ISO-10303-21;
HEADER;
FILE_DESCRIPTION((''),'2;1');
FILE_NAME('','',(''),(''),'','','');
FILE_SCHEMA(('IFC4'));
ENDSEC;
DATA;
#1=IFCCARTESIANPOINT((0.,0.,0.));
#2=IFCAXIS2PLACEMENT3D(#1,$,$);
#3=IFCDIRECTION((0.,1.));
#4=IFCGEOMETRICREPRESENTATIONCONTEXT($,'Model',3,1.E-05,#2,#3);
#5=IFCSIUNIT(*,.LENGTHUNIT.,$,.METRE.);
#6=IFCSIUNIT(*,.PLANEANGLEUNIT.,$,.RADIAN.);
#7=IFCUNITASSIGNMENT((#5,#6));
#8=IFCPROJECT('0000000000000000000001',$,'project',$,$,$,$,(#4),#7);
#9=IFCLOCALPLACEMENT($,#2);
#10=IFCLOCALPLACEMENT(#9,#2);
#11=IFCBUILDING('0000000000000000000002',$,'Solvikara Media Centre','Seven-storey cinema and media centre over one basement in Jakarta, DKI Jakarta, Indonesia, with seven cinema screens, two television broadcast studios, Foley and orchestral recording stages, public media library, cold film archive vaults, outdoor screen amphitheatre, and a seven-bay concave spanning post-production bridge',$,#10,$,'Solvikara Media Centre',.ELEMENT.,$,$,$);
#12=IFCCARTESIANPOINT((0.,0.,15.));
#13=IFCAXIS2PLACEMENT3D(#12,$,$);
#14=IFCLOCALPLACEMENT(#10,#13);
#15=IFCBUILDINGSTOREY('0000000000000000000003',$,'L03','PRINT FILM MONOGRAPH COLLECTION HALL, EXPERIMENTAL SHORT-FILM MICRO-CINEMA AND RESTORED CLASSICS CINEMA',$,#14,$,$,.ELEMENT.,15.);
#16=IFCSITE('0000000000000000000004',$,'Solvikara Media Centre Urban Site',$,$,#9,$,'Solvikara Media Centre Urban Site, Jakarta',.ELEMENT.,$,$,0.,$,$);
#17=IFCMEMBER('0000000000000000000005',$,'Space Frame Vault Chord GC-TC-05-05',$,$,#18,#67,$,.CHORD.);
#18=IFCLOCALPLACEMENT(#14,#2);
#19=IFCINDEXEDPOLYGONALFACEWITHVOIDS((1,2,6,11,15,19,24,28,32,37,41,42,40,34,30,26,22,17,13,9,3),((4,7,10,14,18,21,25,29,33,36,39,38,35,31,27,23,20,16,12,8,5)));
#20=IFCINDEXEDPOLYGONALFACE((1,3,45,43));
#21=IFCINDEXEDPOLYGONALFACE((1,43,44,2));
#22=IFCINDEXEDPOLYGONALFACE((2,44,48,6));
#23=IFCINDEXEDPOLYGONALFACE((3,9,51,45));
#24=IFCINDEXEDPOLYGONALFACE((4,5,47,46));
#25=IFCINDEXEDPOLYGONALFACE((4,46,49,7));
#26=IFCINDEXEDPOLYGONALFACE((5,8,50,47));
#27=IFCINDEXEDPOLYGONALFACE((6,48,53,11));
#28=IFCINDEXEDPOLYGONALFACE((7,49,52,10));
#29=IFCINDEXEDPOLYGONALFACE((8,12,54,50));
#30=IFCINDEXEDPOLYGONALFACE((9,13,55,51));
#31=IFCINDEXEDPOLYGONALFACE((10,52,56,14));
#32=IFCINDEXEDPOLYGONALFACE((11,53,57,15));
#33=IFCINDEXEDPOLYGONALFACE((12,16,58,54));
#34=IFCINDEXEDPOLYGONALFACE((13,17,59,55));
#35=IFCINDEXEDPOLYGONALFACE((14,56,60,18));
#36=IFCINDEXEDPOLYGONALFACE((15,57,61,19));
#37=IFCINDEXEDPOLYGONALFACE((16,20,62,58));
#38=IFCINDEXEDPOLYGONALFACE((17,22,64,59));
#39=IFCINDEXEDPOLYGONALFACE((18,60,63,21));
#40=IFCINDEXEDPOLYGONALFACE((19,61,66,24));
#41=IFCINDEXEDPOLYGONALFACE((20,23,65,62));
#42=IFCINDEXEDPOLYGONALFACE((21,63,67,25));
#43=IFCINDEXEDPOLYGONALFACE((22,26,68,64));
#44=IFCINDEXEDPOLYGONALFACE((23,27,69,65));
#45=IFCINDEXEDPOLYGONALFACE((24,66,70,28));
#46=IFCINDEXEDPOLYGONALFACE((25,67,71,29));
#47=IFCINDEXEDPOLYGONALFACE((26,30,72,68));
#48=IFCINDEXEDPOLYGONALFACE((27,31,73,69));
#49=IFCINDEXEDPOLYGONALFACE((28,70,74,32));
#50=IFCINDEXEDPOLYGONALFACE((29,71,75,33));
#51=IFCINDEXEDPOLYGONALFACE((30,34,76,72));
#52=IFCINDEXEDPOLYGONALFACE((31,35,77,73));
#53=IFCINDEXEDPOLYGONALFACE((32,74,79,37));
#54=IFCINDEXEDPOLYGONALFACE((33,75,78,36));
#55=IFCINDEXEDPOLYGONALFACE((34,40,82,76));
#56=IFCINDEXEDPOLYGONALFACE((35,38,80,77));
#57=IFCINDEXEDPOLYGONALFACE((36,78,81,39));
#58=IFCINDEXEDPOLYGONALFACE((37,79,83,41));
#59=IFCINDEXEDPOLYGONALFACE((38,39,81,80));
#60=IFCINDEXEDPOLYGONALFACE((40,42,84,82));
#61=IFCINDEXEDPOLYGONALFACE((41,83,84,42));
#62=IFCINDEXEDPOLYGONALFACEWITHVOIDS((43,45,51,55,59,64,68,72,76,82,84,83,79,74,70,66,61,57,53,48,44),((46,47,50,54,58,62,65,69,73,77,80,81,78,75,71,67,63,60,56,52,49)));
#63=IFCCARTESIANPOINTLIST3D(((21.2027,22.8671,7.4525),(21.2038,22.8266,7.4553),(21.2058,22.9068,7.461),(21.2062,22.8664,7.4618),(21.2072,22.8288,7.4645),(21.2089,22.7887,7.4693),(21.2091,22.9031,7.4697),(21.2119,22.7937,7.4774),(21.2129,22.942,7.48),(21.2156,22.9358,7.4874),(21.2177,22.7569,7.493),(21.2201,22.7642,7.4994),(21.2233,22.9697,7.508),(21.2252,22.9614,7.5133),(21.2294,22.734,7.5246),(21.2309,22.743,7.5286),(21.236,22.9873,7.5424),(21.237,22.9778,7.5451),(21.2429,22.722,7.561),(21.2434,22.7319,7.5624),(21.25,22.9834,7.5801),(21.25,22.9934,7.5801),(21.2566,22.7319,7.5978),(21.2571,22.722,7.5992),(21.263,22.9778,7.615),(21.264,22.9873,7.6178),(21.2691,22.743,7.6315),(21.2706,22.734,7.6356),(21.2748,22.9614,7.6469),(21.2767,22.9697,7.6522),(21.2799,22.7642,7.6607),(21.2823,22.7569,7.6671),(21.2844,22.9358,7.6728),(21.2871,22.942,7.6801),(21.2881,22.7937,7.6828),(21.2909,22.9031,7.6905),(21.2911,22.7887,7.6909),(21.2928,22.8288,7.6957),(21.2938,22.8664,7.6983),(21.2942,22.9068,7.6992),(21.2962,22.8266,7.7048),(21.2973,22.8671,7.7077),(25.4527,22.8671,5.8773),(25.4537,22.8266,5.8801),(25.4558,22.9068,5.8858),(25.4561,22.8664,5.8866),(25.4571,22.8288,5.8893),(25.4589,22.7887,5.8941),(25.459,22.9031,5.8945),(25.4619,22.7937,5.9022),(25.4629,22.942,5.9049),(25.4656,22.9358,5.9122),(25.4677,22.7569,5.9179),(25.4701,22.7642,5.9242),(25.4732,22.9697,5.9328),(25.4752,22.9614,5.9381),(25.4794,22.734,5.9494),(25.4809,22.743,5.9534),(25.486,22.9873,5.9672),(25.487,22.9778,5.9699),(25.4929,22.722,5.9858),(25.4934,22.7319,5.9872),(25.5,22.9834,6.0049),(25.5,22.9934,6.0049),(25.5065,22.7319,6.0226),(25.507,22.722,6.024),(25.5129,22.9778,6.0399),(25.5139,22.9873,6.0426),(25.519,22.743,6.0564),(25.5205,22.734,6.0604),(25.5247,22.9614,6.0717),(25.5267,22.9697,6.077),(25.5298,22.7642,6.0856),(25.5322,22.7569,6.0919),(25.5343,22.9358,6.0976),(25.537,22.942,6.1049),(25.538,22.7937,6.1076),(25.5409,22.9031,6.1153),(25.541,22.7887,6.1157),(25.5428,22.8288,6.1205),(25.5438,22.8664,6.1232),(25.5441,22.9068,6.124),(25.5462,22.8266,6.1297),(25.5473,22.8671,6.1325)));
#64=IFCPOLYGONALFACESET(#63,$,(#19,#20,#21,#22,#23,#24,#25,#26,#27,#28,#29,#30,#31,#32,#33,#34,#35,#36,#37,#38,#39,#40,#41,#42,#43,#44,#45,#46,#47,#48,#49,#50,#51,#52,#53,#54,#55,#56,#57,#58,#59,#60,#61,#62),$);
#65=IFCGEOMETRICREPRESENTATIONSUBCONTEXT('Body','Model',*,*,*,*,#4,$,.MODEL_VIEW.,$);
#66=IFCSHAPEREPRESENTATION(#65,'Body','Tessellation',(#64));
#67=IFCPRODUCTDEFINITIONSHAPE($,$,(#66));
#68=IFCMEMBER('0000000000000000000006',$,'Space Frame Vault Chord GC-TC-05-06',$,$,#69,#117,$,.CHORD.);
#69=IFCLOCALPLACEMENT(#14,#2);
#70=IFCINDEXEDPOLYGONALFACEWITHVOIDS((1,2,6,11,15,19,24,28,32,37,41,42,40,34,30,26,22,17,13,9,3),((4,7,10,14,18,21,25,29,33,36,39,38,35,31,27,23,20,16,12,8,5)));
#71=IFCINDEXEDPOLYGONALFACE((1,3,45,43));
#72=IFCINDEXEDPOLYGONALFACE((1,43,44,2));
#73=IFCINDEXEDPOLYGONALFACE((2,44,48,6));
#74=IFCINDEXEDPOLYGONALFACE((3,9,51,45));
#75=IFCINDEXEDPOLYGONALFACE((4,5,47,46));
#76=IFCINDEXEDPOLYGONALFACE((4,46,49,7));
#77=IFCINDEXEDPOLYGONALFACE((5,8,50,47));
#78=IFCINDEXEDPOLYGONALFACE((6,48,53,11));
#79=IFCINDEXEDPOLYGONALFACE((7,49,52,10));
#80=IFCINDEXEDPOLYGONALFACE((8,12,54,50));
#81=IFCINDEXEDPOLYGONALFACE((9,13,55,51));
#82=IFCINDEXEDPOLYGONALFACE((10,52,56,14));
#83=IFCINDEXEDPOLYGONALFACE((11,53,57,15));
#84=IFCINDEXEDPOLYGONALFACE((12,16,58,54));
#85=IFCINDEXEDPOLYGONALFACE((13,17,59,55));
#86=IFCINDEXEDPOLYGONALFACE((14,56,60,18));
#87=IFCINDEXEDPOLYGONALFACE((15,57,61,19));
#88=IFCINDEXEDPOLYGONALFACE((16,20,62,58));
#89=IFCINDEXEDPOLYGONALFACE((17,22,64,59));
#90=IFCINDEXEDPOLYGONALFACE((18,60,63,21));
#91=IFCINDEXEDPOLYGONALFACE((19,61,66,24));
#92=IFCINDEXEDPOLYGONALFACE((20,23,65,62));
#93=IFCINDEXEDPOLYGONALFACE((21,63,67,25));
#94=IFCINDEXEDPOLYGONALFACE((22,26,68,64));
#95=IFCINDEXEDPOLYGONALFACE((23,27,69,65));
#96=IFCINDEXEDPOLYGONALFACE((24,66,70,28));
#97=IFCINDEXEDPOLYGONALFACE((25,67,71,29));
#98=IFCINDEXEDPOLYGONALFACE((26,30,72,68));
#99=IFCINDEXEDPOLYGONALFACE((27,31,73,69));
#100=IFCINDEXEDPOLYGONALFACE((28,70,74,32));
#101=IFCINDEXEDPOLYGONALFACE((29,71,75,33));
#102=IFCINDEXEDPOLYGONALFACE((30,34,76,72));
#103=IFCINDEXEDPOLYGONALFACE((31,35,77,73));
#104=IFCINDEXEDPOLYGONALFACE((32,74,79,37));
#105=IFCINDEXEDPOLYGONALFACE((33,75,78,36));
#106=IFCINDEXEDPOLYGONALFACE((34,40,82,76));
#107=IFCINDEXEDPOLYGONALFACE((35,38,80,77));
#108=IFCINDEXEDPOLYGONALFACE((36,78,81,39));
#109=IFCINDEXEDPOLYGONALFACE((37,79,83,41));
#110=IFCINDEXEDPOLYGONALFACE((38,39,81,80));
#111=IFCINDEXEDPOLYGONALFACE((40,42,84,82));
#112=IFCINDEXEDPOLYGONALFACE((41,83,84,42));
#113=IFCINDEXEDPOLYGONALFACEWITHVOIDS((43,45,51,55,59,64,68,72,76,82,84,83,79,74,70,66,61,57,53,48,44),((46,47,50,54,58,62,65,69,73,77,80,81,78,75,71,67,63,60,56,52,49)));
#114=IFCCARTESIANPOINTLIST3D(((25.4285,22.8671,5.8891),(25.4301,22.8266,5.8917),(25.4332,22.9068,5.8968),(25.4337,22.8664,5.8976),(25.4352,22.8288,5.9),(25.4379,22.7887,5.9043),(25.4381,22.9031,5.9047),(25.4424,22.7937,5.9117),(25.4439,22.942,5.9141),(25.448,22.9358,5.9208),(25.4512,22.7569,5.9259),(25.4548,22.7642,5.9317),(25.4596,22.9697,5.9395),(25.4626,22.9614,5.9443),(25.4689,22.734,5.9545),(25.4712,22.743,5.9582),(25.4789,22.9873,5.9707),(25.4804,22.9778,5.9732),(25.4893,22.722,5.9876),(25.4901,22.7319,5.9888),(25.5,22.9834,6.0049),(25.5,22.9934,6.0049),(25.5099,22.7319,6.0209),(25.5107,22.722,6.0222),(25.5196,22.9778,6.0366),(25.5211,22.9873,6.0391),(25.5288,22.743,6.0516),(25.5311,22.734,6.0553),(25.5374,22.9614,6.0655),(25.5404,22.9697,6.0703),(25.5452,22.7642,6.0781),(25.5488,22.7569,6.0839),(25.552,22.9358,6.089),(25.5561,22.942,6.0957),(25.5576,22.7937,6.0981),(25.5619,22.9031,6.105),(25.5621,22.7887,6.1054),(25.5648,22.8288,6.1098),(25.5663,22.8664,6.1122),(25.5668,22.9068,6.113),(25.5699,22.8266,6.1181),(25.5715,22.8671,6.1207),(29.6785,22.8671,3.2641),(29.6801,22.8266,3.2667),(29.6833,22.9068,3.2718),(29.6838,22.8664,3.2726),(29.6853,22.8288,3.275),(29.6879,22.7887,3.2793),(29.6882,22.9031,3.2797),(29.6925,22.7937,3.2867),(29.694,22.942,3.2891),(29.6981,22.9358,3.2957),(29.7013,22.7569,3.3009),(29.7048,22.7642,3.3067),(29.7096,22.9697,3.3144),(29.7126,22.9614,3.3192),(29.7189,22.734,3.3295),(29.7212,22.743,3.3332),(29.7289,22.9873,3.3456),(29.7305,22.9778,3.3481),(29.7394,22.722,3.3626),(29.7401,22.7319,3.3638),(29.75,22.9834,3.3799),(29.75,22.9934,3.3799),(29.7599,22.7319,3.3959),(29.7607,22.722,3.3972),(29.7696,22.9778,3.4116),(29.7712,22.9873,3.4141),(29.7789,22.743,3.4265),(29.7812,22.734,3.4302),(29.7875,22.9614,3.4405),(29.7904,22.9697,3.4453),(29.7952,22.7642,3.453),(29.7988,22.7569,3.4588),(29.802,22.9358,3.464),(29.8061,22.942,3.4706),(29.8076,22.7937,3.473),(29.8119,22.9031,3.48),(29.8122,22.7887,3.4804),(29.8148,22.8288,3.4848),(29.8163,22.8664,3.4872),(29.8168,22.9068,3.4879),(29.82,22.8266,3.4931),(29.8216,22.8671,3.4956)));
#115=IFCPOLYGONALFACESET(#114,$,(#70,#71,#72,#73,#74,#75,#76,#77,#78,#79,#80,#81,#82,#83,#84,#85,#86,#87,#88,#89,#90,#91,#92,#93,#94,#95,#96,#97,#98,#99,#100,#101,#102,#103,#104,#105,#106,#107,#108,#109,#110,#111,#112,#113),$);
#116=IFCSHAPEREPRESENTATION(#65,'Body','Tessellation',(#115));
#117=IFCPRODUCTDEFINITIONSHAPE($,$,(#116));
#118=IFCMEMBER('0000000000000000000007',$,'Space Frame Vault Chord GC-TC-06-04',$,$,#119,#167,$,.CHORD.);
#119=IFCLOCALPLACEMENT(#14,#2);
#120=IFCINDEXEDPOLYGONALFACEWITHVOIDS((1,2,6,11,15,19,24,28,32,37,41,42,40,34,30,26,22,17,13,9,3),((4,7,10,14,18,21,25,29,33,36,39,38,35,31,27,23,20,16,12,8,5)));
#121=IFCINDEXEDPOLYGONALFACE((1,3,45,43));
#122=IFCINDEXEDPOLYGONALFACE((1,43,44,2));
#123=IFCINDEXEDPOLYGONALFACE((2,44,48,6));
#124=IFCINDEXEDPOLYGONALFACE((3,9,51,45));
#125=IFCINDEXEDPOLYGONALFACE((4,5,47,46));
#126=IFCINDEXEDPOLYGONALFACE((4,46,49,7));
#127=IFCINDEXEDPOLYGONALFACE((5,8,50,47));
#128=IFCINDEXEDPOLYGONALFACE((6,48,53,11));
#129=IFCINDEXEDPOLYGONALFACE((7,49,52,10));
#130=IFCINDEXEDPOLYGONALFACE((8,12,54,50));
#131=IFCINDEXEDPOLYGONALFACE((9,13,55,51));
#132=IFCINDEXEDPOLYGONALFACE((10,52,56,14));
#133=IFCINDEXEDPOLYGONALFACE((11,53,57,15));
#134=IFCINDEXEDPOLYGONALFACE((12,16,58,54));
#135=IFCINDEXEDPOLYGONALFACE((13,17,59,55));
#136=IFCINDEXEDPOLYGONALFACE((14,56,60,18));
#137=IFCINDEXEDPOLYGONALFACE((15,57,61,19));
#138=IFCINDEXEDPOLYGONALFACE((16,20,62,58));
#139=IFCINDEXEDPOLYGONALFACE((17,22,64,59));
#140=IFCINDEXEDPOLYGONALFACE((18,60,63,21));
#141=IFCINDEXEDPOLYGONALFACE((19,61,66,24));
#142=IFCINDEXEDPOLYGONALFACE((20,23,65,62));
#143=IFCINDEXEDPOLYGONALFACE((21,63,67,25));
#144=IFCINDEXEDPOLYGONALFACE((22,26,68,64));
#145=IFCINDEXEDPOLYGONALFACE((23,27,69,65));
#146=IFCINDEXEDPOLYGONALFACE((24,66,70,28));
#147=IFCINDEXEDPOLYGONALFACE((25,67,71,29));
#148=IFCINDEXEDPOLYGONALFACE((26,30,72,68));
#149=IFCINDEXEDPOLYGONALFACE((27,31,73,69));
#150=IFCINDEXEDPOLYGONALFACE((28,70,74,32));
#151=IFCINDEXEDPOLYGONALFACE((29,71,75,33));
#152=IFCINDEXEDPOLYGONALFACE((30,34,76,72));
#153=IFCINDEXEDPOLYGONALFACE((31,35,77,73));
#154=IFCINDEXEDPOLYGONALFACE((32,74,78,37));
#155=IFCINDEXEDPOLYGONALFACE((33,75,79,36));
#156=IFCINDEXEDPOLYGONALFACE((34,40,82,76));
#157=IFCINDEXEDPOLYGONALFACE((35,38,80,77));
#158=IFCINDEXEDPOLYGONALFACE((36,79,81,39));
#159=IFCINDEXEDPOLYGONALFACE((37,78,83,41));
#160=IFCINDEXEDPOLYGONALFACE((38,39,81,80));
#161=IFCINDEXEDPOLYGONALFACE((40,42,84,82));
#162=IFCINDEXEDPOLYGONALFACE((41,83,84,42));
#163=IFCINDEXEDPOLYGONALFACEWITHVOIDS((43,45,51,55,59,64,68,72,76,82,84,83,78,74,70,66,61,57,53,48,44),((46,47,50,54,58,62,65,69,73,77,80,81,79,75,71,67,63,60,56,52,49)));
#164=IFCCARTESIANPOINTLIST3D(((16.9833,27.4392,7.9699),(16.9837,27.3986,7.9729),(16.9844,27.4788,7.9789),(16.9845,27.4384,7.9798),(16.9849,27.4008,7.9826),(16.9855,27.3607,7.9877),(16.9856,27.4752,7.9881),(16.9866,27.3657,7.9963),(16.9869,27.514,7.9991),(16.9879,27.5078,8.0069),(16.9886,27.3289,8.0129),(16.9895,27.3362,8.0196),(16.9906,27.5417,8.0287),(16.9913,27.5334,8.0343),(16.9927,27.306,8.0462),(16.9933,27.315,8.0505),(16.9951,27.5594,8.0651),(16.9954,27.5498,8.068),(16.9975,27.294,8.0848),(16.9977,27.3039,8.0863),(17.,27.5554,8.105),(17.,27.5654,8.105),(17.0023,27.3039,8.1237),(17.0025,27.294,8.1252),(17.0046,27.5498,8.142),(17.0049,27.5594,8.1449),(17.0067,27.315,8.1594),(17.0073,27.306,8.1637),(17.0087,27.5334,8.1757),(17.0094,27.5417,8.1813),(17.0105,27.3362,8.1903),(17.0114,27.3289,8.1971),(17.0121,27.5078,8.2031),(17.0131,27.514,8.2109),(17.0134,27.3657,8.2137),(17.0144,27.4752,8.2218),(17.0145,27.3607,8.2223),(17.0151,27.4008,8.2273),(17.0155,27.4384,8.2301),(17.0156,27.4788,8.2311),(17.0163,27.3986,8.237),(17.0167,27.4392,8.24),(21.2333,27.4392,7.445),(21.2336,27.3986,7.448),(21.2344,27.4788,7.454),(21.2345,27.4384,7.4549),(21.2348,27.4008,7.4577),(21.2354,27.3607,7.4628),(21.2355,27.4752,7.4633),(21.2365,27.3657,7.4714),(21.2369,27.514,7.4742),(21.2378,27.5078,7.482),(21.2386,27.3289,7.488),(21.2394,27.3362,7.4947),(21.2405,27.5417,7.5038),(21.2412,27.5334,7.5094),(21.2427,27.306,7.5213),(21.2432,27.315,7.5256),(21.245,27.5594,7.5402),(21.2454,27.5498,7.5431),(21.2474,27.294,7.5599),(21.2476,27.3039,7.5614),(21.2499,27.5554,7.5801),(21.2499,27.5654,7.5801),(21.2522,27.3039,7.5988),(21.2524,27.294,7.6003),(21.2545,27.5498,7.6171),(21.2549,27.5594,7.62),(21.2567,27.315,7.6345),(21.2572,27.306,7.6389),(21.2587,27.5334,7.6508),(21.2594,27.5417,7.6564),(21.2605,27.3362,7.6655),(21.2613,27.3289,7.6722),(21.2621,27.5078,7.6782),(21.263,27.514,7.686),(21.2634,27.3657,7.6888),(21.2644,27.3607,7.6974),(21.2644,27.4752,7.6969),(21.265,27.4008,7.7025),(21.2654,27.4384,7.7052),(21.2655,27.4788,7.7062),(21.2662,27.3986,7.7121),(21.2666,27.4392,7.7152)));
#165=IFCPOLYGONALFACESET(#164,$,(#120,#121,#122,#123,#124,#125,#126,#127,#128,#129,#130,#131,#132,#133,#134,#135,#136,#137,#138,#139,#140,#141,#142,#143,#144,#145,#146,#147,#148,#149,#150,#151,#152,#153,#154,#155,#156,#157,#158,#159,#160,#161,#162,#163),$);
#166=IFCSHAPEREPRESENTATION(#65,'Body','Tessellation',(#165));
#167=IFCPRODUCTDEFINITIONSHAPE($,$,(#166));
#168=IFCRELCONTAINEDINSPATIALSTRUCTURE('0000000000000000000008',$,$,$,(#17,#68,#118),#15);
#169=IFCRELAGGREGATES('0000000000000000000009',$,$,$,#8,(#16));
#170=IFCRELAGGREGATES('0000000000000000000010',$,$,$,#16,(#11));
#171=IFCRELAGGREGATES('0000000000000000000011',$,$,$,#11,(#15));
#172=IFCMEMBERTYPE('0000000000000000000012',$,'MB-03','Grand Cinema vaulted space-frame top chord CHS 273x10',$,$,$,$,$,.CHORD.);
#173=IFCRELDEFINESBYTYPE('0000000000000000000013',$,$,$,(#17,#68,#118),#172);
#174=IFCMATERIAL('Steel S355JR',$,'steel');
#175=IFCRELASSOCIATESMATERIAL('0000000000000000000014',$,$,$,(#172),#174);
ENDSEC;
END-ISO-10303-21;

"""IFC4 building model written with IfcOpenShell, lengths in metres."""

from ifc_helpers import new_model, si_unit, direction, frame, origin, origin_2d, place, context, subcontext, project, spatial, hollow_circle, extrude, material, material_profile, profile_set, type_object, element, save


model = new_model("IFC4")

# Units and contexts
model_context = context("Model", 3, precision=1e-05, world=origin(), true_north=direction((0.0, 1.0)))
body_context = subcontext(model_context, "Body", "Model", "MODEL_VIEW")
ifc_project = project(units=[si_unit("LENGTHUNIT", "METRE"), si_unit("PLANEANGLEUNIT", "RADIAN")], contexts=[model_context])

# Site, building, storey
site_placement = place(None, origin())
site = spatial("IfcSite", under=ifc_project, at=site_placement, Name="Solvikara Media Centre Urban Site", LongName="Solvikara Media Centre Urban Site, Jakarta", CompositionType="ELEMENT", RefElevation=0.0)
building_placement = place(site_placement, origin())
building = spatial("IfcBuilding", under=site, at=building_placement, Name="Solvikara Media Centre", Description="Seven-storey cinema and media centre over one basement in Jakarta, DKI Jakarta, Indonesia, with seven cinema screens, two television broadcast studios, Foley and orchestral recording stages, public media library, cold film archive vaults, outdoor screen amphitheatre, and a seven-bay concave spanning post-production bridge", LongName="Solvikara Media Centre", CompositionType="ELEMENT")
storey_placement = place(building_placement, frame((0.0, 0.0, 15.0)))
storey = spatial("IfcBuildingStorey", under=building, at=storey_placement, Name="L03", Description="PRINT FILM MONOGRAPH COLLECTION HALL, EXPERIMENTAL SHORT-FILM MICRO-CINEMA AND RESTORED CLASSICS CINEMA", CompositionType="ELEMENT", Elevation=15.0)

# Members
ifc_material_1 = material(Name="Steel S355JR", Category="steel")
ifc_material_profile_1 = material_profile(ifc_material_1, hollow_circle(Radius=0.1365, WallThickness=0.01, at=origin_2d()), Name="CHS 273x10")
ifc_profile_set_1 = profile_set([ifc_material_profile_1], Name="Steel S355JR")
member_type_1 = type_object("IfcMemberType", Name="MB-03", Description="Grand Cinema vaulted space-frame top chord CHS 273x10", PredefinedType="CHORD", material=ifc_profile_set_1)
member_1_placement = place(storey_placement, frame((21.25, 22.8569, 7.5801), z_axis=(0.937668, 0.0, -0.347532), x_axis=(0.0, 1.0, 0.0)))
element("IfcMember", 1, at=member_1_placement, inside=storey, type_object=member_type_1, Name="Space Frame Vault Chord GC-TC-05-05", PredefinedType="CHORD", context=body_context, shape_type="SweptSolid", body=[
    extrude(hollow_circle(Radius=0.1365, WallThickness=0.01, at=origin_2d()), origin(), (0.0, 0.0, 1.0), 4.5325),
])
member_2_placement = place(storey_placement, frame((25.5, 22.8569, 6.0049), z_axis=(0.850798, 0.0, -0.525493), x_axis=(0.0, 1.0, 0.0)))
element("IfcMember", 2, at=member_2_placement, inside=storey, type_object=member_type_1, Name="Space Frame Vault Chord GC-TC-05-06", PredefinedType="CHORD", context=body_context, shape_type="SweptSolid", body=[
    extrude(hollow_circle(Radius=0.1365, WallThickness=0.01, at=origin_2d()), origin(), (0.0, 0.0, 1.0), 4.9954),
])
member_3_placement = place(storey_placement, frame((17.0, 27.429, 8.105), z_axis=(0.992459, 0.0, -0.122575), x_axis=(0.0, 1.0, 0.0)))
element("IfcMember", 3, at=member_3_placement, inside=storey, type_object=member_type_1, Name="Space Frame Vault Chord GC-TC-06-04", PredefinedType="CHORD", context=body_context, shape_type="SweptSolid", body=[
    extrude(hollow_circle(Radius=0.1365, WallThickness=0.01, at=origin_2d()), origin(), (0.0, 0.0, 1.0), 4.2822),
])

save(model, "model.ifc")
